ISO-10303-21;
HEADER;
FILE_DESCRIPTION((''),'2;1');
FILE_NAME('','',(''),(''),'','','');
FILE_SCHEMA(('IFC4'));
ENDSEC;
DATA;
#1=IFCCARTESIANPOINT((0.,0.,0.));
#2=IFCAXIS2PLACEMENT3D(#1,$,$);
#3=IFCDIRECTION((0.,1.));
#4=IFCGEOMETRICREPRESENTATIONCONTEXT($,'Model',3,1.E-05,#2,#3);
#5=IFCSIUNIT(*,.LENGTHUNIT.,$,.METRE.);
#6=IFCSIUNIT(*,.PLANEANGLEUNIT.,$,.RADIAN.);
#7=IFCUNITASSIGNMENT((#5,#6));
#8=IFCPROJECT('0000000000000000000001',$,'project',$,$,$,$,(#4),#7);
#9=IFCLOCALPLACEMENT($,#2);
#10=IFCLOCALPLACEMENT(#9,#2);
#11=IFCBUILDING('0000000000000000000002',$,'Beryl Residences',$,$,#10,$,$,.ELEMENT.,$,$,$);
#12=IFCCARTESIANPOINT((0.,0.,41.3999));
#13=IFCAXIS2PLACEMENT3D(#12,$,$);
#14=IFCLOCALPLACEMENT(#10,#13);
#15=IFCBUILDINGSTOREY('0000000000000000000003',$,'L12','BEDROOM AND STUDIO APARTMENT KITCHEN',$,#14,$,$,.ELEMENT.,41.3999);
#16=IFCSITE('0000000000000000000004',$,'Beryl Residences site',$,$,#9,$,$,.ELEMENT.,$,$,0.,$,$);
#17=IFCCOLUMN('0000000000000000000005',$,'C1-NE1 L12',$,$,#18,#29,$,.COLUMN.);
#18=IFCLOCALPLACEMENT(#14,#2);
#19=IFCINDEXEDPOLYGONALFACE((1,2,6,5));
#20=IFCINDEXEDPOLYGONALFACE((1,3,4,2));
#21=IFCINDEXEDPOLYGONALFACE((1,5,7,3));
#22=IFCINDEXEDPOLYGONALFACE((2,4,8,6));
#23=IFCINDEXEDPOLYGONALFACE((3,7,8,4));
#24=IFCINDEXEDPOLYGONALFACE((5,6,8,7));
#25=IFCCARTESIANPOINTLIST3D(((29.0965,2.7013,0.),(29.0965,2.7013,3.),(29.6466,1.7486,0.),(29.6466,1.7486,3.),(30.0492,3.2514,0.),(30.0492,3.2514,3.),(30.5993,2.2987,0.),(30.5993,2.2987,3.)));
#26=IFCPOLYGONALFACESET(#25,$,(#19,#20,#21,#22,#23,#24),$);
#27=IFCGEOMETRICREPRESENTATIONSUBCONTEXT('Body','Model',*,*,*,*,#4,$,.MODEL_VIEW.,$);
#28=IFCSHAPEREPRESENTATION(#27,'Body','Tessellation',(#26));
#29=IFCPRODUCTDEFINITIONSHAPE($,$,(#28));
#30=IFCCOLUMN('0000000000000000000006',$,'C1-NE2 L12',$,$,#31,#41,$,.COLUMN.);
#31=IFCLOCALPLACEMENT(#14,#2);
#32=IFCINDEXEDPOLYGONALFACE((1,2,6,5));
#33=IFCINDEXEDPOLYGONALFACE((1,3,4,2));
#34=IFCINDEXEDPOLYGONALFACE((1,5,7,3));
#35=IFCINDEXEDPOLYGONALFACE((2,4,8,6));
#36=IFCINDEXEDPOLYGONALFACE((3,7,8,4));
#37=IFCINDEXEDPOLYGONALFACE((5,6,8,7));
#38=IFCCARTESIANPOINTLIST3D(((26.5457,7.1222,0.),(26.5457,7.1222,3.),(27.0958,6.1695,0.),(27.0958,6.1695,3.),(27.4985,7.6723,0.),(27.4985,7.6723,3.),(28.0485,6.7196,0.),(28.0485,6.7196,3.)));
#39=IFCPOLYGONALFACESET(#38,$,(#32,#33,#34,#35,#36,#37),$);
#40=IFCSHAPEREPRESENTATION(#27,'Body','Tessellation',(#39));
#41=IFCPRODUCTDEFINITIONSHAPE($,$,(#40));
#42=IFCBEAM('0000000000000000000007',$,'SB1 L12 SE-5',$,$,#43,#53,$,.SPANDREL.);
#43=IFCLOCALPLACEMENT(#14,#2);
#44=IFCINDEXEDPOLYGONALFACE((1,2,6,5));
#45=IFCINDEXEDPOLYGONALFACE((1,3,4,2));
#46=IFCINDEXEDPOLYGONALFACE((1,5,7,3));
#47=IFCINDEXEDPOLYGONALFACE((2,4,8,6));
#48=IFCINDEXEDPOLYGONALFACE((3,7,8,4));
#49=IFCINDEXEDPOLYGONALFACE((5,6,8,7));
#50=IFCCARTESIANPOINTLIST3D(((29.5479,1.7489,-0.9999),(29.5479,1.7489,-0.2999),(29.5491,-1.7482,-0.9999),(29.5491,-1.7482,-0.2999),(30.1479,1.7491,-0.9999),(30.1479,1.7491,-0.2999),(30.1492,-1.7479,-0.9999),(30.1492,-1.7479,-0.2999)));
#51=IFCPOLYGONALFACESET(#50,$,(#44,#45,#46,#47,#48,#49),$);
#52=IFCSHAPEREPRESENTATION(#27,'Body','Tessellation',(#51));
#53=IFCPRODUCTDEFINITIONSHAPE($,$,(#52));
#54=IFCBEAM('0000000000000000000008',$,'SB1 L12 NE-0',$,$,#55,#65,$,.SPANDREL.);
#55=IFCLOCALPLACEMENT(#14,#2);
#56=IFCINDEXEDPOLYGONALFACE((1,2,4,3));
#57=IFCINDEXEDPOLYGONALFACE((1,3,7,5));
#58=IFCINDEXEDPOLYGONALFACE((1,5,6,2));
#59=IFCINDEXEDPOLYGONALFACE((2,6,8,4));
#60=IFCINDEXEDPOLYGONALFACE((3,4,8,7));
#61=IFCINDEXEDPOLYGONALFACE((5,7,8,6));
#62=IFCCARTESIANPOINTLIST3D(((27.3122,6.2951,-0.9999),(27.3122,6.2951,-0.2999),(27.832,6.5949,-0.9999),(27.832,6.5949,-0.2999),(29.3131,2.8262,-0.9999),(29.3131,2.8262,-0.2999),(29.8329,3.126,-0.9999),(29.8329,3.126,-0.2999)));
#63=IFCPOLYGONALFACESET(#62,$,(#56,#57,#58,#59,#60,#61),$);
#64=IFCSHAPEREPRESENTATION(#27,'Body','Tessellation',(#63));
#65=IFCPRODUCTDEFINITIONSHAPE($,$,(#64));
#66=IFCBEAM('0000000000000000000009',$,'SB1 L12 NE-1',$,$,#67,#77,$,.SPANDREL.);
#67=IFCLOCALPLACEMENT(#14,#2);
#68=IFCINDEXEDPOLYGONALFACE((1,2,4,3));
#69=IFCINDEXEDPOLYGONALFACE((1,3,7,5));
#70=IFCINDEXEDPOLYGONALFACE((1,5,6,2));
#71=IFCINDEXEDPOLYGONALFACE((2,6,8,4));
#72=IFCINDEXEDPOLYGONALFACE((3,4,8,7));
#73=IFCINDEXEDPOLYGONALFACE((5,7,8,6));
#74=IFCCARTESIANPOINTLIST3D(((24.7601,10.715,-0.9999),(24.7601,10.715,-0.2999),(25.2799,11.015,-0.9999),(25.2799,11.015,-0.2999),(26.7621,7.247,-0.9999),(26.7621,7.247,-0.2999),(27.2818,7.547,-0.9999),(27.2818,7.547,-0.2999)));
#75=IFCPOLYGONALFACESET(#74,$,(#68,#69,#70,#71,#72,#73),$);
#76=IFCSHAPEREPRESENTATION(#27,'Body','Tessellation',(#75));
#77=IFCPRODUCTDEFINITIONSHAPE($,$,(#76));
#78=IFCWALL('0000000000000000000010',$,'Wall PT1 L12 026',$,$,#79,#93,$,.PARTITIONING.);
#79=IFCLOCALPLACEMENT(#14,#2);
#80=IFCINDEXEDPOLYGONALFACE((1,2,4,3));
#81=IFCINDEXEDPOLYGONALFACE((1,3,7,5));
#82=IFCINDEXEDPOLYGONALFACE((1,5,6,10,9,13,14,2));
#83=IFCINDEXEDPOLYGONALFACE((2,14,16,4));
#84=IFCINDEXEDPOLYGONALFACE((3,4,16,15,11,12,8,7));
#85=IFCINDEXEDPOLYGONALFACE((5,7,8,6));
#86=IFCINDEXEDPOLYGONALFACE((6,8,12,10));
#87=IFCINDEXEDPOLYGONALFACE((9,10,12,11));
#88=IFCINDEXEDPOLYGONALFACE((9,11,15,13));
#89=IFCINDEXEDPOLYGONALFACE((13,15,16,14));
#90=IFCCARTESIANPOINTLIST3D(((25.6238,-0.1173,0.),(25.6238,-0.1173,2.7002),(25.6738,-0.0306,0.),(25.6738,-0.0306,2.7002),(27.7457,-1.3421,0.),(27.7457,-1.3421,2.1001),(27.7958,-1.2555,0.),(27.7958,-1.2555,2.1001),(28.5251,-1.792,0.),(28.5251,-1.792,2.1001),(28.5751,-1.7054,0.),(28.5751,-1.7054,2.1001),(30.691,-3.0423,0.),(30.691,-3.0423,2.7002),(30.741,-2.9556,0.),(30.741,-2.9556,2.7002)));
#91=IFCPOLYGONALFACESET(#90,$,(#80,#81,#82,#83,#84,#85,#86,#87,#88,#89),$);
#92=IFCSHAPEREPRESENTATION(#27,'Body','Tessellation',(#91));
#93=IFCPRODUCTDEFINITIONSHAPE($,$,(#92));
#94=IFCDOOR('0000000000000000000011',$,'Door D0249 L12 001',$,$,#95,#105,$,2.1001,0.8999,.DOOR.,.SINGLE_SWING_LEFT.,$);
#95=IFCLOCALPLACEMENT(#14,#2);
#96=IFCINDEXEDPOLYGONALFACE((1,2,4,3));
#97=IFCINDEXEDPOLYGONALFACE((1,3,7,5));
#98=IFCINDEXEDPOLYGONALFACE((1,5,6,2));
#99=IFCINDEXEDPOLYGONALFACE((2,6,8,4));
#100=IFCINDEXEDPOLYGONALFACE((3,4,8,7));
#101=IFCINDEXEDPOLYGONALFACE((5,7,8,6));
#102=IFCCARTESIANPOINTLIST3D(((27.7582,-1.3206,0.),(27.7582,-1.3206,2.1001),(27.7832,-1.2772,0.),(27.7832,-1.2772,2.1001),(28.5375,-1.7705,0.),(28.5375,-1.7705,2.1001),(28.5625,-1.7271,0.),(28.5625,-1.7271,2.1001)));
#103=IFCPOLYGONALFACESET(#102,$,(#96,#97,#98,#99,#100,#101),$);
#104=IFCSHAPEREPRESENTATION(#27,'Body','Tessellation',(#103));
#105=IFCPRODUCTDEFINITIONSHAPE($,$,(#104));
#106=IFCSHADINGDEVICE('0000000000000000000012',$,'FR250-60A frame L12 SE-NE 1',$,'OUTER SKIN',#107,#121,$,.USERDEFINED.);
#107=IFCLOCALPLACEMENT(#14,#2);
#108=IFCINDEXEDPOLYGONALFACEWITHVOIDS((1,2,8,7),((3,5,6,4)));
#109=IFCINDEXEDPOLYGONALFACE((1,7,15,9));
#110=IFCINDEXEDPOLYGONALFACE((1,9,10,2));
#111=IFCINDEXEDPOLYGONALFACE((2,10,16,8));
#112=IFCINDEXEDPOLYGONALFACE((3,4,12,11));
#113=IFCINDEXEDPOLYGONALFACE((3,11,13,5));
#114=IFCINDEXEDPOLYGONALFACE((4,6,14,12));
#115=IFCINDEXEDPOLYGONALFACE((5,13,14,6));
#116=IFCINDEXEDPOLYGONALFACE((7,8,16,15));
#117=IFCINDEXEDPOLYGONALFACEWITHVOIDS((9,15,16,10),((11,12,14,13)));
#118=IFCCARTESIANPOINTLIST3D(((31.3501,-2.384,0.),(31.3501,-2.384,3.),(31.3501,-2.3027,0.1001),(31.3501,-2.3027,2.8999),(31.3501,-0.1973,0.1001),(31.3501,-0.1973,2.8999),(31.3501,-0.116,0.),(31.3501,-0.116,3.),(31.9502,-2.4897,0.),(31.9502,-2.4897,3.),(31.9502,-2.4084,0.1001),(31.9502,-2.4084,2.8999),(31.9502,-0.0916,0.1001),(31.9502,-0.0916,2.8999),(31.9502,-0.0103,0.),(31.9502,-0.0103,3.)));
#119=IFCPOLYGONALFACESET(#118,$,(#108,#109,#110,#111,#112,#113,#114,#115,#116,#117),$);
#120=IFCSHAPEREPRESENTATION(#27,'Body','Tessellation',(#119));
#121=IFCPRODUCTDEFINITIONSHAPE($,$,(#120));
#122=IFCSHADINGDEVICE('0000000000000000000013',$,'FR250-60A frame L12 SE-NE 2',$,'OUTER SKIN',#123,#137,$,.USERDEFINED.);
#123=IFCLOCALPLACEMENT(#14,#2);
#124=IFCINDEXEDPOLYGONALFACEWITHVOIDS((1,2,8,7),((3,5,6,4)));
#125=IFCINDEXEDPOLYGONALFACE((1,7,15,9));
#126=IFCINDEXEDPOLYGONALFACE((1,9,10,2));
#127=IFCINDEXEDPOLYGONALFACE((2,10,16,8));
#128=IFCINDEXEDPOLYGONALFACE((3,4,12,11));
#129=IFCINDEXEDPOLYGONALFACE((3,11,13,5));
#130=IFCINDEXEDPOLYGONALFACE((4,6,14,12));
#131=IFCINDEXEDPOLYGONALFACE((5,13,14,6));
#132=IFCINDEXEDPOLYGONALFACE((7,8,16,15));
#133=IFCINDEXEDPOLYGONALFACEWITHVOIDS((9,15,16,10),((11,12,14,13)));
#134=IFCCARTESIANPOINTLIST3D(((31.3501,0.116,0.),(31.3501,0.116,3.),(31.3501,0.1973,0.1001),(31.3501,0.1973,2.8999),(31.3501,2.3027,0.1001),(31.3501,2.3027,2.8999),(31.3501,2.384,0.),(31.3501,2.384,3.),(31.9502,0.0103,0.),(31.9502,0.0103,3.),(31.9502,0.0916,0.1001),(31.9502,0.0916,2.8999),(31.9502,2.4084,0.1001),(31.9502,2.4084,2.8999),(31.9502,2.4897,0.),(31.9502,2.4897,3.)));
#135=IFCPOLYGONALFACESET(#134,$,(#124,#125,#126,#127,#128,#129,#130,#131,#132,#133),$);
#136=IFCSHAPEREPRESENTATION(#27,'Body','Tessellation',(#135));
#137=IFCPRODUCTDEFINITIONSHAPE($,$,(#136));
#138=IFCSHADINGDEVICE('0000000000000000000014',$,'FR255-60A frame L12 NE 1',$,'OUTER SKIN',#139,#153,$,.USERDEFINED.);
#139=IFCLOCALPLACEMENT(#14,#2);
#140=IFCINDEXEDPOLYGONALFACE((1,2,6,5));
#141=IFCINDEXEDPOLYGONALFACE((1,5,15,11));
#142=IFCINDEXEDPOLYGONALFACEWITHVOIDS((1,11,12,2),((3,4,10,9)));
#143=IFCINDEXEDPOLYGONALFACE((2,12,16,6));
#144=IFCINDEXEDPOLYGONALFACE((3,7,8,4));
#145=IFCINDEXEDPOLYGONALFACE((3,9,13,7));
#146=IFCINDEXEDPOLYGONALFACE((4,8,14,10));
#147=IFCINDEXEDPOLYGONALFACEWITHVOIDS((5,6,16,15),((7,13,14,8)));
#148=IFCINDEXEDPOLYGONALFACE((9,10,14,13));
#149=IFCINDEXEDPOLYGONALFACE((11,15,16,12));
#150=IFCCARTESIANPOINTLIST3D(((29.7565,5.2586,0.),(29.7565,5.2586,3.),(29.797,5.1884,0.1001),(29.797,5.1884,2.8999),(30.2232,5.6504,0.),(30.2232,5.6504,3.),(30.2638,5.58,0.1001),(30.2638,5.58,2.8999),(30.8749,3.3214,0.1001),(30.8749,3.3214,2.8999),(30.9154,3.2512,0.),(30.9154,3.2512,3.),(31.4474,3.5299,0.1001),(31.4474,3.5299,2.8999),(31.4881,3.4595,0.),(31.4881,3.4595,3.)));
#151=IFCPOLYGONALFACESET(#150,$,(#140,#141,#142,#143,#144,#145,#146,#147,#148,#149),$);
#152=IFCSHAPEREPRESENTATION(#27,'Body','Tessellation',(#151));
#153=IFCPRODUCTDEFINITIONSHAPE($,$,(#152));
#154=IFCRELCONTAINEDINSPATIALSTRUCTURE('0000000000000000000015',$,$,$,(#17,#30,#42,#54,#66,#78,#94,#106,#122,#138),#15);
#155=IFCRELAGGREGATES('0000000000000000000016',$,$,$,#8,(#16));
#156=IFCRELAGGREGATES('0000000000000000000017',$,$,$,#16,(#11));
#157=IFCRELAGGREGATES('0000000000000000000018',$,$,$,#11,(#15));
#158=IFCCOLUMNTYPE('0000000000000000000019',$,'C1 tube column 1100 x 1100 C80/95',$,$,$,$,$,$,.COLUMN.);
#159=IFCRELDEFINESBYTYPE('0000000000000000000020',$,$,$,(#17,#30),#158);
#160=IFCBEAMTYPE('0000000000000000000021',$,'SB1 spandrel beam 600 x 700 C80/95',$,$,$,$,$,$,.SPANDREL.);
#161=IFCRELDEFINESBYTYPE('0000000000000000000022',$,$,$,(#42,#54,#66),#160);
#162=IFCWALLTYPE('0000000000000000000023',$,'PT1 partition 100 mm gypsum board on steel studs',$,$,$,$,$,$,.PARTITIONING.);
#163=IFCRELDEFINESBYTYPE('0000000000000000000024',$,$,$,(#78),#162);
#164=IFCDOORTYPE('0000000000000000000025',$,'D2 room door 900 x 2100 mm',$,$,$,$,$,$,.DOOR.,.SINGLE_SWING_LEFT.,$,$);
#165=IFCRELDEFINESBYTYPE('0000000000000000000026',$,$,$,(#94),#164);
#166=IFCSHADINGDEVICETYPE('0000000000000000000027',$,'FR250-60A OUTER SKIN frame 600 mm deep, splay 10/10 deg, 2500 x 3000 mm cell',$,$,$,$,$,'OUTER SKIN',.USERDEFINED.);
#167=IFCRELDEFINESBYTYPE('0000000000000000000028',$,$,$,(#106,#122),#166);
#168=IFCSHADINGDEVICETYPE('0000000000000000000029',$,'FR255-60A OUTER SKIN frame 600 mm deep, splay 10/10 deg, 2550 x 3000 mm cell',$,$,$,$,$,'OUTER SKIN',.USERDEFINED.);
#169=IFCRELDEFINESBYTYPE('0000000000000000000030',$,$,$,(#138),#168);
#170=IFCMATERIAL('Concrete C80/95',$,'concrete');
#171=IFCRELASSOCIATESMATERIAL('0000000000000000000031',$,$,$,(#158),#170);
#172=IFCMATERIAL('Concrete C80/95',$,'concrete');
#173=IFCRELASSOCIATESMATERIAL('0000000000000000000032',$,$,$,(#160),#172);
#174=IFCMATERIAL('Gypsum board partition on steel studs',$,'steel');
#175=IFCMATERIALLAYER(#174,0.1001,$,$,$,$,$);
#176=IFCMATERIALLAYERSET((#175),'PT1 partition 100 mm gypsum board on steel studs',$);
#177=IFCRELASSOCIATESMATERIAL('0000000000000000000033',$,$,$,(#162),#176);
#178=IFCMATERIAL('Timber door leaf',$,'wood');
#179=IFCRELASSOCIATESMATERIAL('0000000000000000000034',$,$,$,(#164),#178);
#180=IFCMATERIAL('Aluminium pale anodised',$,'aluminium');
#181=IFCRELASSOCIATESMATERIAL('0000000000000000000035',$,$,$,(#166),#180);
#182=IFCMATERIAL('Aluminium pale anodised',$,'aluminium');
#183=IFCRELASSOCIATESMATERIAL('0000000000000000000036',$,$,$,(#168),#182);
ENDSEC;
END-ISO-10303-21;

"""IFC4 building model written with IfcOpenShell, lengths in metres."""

from ifc_helpers import new_model, entity, si_unit, direction, frame, frame_2d, origin, origin_2d, place, context, subcontext, project, spatial, rectangle, extrude, source, transform, mapped, material, layer, layer_set, material_profile, profile_set, type_object, type_shapes, element, fill, save


model = new_model("IFC4")

# Units and contexts
model_context = context("Model", 3, precision=1e-05, world=origin(), true_north=direction((0.0, 1.0)))
body_context = subcontext(model_context, "Body", "Model", "MODEL_VIEW")
ifc_project = project(units=[si_unit("LENGTHUNIT", "METRE"), si_unit("PLANEANGLEUNIT", "RADIAN")], contexts=[model_context])

# Site, building, storey
site_placement = place(None, origin())
site = spatial("IfcSite", under=ifc_project, at=site_placement, Name="Beryl Residences site", CompositionType="ELEMENT", RefElevation=0.0)
building_placement = place(site_placement, origin())
building = spatial("IfcBuilding", under=site, at=building_placement, Name="Beryl Residences", CompositionType="ELEMENT")
storey_placement = place(building_placement, frame((0.0, 0.0, 41.3999)))
storey = spatial("IfcBuildingStorey", under=building, at=storey_placement, Name="L12", Description="BEDROOM AND STUDIO APARTMENT KITCHEN", CompositionType="ELEMENT", Elevation=41.3999)

# Columns
ifc_material_1 = material(Name="Concrete C80/95", Category="concrete")
ifc_material_profile_1 = material_profile(ifc_material_1, rectangle(XDim=1.1001, YDim=1.1001, at=origin_2d()))
ifc_profile_set_1 = profile_set([ifc_material_profile_1], Name="Concrete C80/95")
column_type = type_object("IfcColumnType", Name="C1 tube column 1100 x 1100 C80/95", PredefinedType="COLUMN", material=ifc_profile_set_1)
for number, where, z_axis, x_axis, name in (
    (1, (29.8479, 2.5, 0.0), (0.0, 0.0, 1.0), (-0.499985, 0.866034, 0.0), "C1-NE1 L12"),
    (2, (27.2971, 6.9209, 0.0), (0.0, 0.0, 1.0), (-0.499985, 0.866034, 0.0), "C1-NE2 L12"),
):
    element("IfcColumn", number, at=place(storey_placement, frame(where, z_axis=z_axis, x_axis=x_axis)), inside=storey, type_object=column_type, Name=name, PredefinedType="COLUMN", context=body_context, shape_type="SweptSolid", body=[
        extrude(rectangle(XDim=1.1001, YDim=1.1001, at=origin_2d()), origin(), (0.0, 0.0, 1.0), 3.0),
    ])

# Beams
ifc_material_2 = material(Name="Concrete C80/95", Category="concrete")
ifc_material_profile_2 = material_profile(ifc_material_2, rectangle(XDim=0.6001, YDim=0.7, at=origin_2d()))
ifc_profile_set_2 = profile_set([ifc_material_profile_2], Name="Concrete C80/95")
beam_type = type_object("IfcBeamType", Name="SB1 spandrel beam 600 x 700 C80/95", PredefinedType="SPANDREL", material=ifc_profile_set_2)
beam_1_placement = place(storey_placement, frame((29.8491, -1.748, -0.6499), z_axis=(-0.000349, 1.0, 0.0), x_axis=(-1.0, -0.000349, 0.0)))
element("IfcBeam", 3, at=beam_1_placement, inside=storey, type_object=beam_type, Name="SB1 L12 SE-5", PredefinedType="SPANDREL", context=body_context, shape_type="SweptSolid", body=[
    extrude(rectangle(XDim=0.6001, YDim=0.7, at=origin_2d()), origin(), (0.0, 0.0, 1.0), 3.4971),
])
beam_2_placement = place(storey_placement, frame((29.573, 2.9761, -0.6499), z_axis=(-0.499654, 0.866225, 0.0), x_axis=(-0.866225, -0.499654, 0.0)))
element("IfcBeam", 4, at=beam_2_placement, inside=storey, type_object=beam_type, Name="SB1 L12 NE-0", PredefinedType="SPANDREL", context=body_context, shape_type="SweptSolid", body=[
    extrude(rectangle(XDim=0.6001, YDim=0.7, at=origin_2d()), origin(), (0.0, 0.0, 1.0), 4.0046),
])
beam_3_placement = place(storey_placement, frame((27.022, 7.397, -0.6499), z_axis=(-0.499942, 0.866059, 0.0), x_axis=(-0.866059, -0.499942, 0.0)))
element("IfcBeam", 5, at=beam_3_placement, inside=storey, type_object=beam_type, Name="SB1 L12 NE-1", PredefinedType="SPANDREL", context=body_context, shape_type="SweptSolid", body=[
    extrude(rectangle(XDim=0.6001, YDim=0.7, at=origin_2d()), origin(), (0.0, 0.0, 1.0), 4.0044),
])

# Wall, opening, door
ifc_material_3 = material(Name="Gypsum board partition on steel studs", Category="steel")
ifc_layer_1 = layer(ifc_material_3, 0.1001)
ifc_layer_set_1 = layer_set([ifc_layer_1], Name="PT1 partition 100 mm gypsum board on steel studs")
wall_type_1 = type_object("IfcWallType", Name="PT1 partition 100 mm gypsum board on steel studs", PredefinedType="PARTITIONING", material=ifc_layer_set_1)
wall_1_placement = place(storey_placement, frame((25.6489, -0.074, 0.0), z_axis=(0.0, 0.0, 1.0), x_axis=(0.86606, -0.49994, 0.0)))
wall_1 = element("IfcWall", 6, at=wall_1_placement, inside=storey, type_object=wall_type_1, Name="Wall PT1 L12 026", PredefinedType="PARTITIONING", context=body_context, shape_type="SweptSolid", body=[
    extrude(rectangle(XDim=5.8508, YDim=0.1001, at=frame_2d((2.9253, 0.0))), origin(), (0.0, 0.0, 1.0), 2.7002),
])
opening_1_placement = place(wall_1_placement, frame((2.45, 0.0, 0.0)))
opening_1 = element("IfcOpeningElement", 7, at=opening_1_placement, cuts=wall_1, PredefinedType="OPENING", context=body_context, shape_type="SweptSolid", body=[
    extrude(rectangle(XDim=0.8999, YDim=2.1001, at=frame_2d((0.45, 1.05))), frame((0.0, 0.0601, 0.0), z_axis=(0.0, -1.0, 0.0), x_axis=(1.0, 0.0, 0.0)), (0.0, 0.0, 1.0), 0.1201),
])
ifc_material_4 = material(Name="Timber door leaf", Category="wood")
door_type = type_object("IfcDoorType", Name="D2 room door 900 x 2100 mm", OperationType="SINGLE_SWING_LEFT", PredefinedType="DOOR", material=ifc_material_4)
door_placement = place(opening_1_placement, origin())
door = element("IfcDoor", 8, at=door_placement, inside=storey, type_object=door_type, Name="Door D0249 L12 001", OperationType="SINGLE_SWING_LEFT", OverallHeight=2.1001, OverallWidth=0.8999, PredefinedType="DOOR", context=body_context, shape_type="SweptSolid", body=[
    extrude(rectangle(XDim=0.8999, YDim=2.1001, at=frame_2d((0.45, 1.05))), frame((0.0, 0.0249, 0.0), z_axis=(0.0, -1.0, 0.0), x_axis=(1.0, 0.0, 0.0)), (0.0, 0.0, 1.0), 0.05),
])
fill(opening_1, door)

# Shading devices
ifc_material_5 = material(Name="Aluminium pale anodised", Category="aluminium")
shading_device_type_1 = type_object("IfcShadingDeviceType", Name="FR250-60A OUTER SKIN frame 600 mm deep, splay 10/10 deg, 2500 x 3000 mm cell", ElementType="OUTER SKIN", PredefinedType="USERDEFINED", material=ifc_material_5)
cartesian_point_1 = entity("IfcCartesianPoint", [-1.134, 0.0])
cartesian_point_2 = entity("IfcCartesianPoint", [-1.0527, 0.1001])
cartesian_point_3 = entity("IfcCartesianPoint", [-1.2397, 0.0])
cartesian_point_4 = entity("IfcCartesianPoint", [-1.1584, 0.1001])
shared_shape_1 = source(origin(), body_context, "Body", "SweptSolid", [
    entity("IfcExtrudedAreaSolidTapered", entity("IfcArbitraryProfileDefWithVoids", "AREA", None, entity("IfcPolyline", [cartesian_point_1, entity("IfcCartesianPoint", [1.134, 0.0]), entity("IfcCartesianPoint", [1.134, 3.0]), entity("IfcCartesianPoint", [-1.134, 3.0]), cartesian_point_1]), [entity("IfcPolyline", [cartesian_point_2, entity("IfcCartesianPoint", [1.0527, 0.1001]), entity("IfcCartesianPoint", [1.0527, 2.8999]), entity("IfcCartesianPoint", [-1.0527, 2.8999]), cartesian_point_2])]), entity("IfcAxis2Placement3D", entity("IfcCartesianPoint", [0.0, 0.0, 0.0]), entity("IfcDirection", [0.0, 1.0, 0.0]), entity("IfcDirection", [-1.0, 0.0, 0.0])), entity("IfcDirection", [0.0, 0.0, 1.0]), 0.6001, entity("IfcArbitraryProfileDefWithVoids", "AREA", None, entity("IfcPolyline", [cartesian_point_3, entity("IfcCartesianPoint", [1.2397, 0.0]), entity("IfcCartesianPoint", [1.2397, 3.0]), entity("IfcCartesianPoint", [-1.2397, 3.0]), cartesian_point_3]), [entity("IfcPolyline", [cartesian_point_4, entity("IfcCartesianPoint", [1.1584, 0.1001]), entity("IfcCartesianPoint", [1.1584, 2.8999]), entity("IfcCartesianPoint", [-1.1584, 2.8999]), cartesian_point_4])])),
])
type_shapes(shading_device_type_1, [shared_shape_1])
for number, where, z_axis, x_axis, name in (
    (9, (31.3501, -1.25, 0.0), (0.0, 0.0, 1.0), (0.0, -1.0, 0.0), "FR250-60A frame L12 SE-NE 1"),
    (10, (31.3501, 1.25, 0.0), (0.0, 0.0, 1.0), (0.0, -1.0, 0.0), "FR250-60A frame L12 SE-NE 2"),
):
    element("IfcShadingDevice", number, at=place(storey_placement, frame(where, z_axis=z_axis, x_axis=x_axis)), inside=storey, type_object=shading_device_type_1, Name=name, ObjectType="OUTER SKIN", PredefinedType="USERDEFINED", context=body_context, shape_type="MappedRepresentation", body=[
        mapped(shared_shape_1, transform((0.0, 0.0, 0.0))),
    ])
ifc_material_6 = material(Name="Aluminium pale anodised", Category="aluminium")
shading_device_type_2 = type_object("IfcShadingDeviceType", Name="FR255-60A OUTER SKIN frame 600 mm deep, splay 10/10 deg, 2550 x 3000 mm cell", ElementType="OUTER SKIN", PredefinedType="USERDEFINED", material=ifc_material_6)
cartesian_point_5 = entity("IfcCartesianPoint", [-1.1589, 0.0])
cartesian_point_6 = entity("IfcCartesianPoint", [-1.0779, 0.1001])
cartesian_point_7 = entity("IfcCartesianPoint", [-1.2649, 0.0])
cartesian_point_8 = entity("IfcCartesianPoint", [-1.1836, 0.1001])
shared_shape_2 = source(origin(), body_context, "Body", "SweptSolid", [
    entity("IfcExtrudedAreaSolidTapered", entity("IfcArbitraryProfileDefWithVoids", "AREA", None, entity("IfcPolyline", [cartesian_point_5, entity("IfcCartesianPoint", [1.1589, 0.0]), entity("IfcCartesianPoint", [1.1589, 3.0]), entity("IfcCartesianPoint", [-1.1589, 3.0]), cartesian_point_5]), [entity("IfcPolyline", [cartesian_point_6, entity("IfcCartesianPoint", [1.0779, 0.1001]), entity("IfcCartesianPoint", [1.0779, 2.8999]), entity("IfcCartesianPoint", [-1.0779, 2.8999]), cartesian_point_6])]), entity("IfcAxis2Placement3D", entity("IfcCartesianPoint", [0.0, 0.0, 0.0]), entity("IfcDirection", [0.0, 1.0, 0.0]), entity("IfcDirection", [-1.0, 0.0, 0.0])), entity("IfcDirection", [0.0, 0.0, 1.0]), 0.6001, entity("IfcArbitraryProfileDefWithVoids", "AREA", None, entity("IfcPolyline", [cartesian_point_7, entity("IfcCartesianPoint", [1.2649, 0.0]), entity("IfcCartesianPoint", [1.2649, 3.0]), entity("IfcCartesianPoint", [-1.2649, 3.0]), cartesian_point_7]), [entity("IfcPolyline", [cartesian_point_8, entity("IfcCartesianPoint", [1.1836, 0.1001]), entity("IfcCartesianPoint", [1.1836, 2.8999]), entity("IfcCartesianPoint", [-1.1836, 2.8999]), cartesian_point_8])])),
])
type_shapes(shading_device_type_2, [shared_shape_2])
for number, where, z_axis, x_axis, name in (
    (11, (30.3359, 4.2549, 0.0), (0.0, 0.0, 1.0), (0.5, -0.866025, 0.0), "FR255-60A frame L12 NE 1"),
):
    element("IfcShadingDevice", number, at=place(storey_placement, frame(where, z_axis=z_axis, x_axis=x_axis)), inside=storey, type_object=shading_device_type_2, Name=name, ObjectType="OUTER SKIN", PredefinedType="USERDEFINED", context=body_context, shape_type="MappedRepresentation", body=[
        mapped(shared_shape_2, transform((0.0, 0.0, 0.0))),
    ])

save(model, "model.ifc")
